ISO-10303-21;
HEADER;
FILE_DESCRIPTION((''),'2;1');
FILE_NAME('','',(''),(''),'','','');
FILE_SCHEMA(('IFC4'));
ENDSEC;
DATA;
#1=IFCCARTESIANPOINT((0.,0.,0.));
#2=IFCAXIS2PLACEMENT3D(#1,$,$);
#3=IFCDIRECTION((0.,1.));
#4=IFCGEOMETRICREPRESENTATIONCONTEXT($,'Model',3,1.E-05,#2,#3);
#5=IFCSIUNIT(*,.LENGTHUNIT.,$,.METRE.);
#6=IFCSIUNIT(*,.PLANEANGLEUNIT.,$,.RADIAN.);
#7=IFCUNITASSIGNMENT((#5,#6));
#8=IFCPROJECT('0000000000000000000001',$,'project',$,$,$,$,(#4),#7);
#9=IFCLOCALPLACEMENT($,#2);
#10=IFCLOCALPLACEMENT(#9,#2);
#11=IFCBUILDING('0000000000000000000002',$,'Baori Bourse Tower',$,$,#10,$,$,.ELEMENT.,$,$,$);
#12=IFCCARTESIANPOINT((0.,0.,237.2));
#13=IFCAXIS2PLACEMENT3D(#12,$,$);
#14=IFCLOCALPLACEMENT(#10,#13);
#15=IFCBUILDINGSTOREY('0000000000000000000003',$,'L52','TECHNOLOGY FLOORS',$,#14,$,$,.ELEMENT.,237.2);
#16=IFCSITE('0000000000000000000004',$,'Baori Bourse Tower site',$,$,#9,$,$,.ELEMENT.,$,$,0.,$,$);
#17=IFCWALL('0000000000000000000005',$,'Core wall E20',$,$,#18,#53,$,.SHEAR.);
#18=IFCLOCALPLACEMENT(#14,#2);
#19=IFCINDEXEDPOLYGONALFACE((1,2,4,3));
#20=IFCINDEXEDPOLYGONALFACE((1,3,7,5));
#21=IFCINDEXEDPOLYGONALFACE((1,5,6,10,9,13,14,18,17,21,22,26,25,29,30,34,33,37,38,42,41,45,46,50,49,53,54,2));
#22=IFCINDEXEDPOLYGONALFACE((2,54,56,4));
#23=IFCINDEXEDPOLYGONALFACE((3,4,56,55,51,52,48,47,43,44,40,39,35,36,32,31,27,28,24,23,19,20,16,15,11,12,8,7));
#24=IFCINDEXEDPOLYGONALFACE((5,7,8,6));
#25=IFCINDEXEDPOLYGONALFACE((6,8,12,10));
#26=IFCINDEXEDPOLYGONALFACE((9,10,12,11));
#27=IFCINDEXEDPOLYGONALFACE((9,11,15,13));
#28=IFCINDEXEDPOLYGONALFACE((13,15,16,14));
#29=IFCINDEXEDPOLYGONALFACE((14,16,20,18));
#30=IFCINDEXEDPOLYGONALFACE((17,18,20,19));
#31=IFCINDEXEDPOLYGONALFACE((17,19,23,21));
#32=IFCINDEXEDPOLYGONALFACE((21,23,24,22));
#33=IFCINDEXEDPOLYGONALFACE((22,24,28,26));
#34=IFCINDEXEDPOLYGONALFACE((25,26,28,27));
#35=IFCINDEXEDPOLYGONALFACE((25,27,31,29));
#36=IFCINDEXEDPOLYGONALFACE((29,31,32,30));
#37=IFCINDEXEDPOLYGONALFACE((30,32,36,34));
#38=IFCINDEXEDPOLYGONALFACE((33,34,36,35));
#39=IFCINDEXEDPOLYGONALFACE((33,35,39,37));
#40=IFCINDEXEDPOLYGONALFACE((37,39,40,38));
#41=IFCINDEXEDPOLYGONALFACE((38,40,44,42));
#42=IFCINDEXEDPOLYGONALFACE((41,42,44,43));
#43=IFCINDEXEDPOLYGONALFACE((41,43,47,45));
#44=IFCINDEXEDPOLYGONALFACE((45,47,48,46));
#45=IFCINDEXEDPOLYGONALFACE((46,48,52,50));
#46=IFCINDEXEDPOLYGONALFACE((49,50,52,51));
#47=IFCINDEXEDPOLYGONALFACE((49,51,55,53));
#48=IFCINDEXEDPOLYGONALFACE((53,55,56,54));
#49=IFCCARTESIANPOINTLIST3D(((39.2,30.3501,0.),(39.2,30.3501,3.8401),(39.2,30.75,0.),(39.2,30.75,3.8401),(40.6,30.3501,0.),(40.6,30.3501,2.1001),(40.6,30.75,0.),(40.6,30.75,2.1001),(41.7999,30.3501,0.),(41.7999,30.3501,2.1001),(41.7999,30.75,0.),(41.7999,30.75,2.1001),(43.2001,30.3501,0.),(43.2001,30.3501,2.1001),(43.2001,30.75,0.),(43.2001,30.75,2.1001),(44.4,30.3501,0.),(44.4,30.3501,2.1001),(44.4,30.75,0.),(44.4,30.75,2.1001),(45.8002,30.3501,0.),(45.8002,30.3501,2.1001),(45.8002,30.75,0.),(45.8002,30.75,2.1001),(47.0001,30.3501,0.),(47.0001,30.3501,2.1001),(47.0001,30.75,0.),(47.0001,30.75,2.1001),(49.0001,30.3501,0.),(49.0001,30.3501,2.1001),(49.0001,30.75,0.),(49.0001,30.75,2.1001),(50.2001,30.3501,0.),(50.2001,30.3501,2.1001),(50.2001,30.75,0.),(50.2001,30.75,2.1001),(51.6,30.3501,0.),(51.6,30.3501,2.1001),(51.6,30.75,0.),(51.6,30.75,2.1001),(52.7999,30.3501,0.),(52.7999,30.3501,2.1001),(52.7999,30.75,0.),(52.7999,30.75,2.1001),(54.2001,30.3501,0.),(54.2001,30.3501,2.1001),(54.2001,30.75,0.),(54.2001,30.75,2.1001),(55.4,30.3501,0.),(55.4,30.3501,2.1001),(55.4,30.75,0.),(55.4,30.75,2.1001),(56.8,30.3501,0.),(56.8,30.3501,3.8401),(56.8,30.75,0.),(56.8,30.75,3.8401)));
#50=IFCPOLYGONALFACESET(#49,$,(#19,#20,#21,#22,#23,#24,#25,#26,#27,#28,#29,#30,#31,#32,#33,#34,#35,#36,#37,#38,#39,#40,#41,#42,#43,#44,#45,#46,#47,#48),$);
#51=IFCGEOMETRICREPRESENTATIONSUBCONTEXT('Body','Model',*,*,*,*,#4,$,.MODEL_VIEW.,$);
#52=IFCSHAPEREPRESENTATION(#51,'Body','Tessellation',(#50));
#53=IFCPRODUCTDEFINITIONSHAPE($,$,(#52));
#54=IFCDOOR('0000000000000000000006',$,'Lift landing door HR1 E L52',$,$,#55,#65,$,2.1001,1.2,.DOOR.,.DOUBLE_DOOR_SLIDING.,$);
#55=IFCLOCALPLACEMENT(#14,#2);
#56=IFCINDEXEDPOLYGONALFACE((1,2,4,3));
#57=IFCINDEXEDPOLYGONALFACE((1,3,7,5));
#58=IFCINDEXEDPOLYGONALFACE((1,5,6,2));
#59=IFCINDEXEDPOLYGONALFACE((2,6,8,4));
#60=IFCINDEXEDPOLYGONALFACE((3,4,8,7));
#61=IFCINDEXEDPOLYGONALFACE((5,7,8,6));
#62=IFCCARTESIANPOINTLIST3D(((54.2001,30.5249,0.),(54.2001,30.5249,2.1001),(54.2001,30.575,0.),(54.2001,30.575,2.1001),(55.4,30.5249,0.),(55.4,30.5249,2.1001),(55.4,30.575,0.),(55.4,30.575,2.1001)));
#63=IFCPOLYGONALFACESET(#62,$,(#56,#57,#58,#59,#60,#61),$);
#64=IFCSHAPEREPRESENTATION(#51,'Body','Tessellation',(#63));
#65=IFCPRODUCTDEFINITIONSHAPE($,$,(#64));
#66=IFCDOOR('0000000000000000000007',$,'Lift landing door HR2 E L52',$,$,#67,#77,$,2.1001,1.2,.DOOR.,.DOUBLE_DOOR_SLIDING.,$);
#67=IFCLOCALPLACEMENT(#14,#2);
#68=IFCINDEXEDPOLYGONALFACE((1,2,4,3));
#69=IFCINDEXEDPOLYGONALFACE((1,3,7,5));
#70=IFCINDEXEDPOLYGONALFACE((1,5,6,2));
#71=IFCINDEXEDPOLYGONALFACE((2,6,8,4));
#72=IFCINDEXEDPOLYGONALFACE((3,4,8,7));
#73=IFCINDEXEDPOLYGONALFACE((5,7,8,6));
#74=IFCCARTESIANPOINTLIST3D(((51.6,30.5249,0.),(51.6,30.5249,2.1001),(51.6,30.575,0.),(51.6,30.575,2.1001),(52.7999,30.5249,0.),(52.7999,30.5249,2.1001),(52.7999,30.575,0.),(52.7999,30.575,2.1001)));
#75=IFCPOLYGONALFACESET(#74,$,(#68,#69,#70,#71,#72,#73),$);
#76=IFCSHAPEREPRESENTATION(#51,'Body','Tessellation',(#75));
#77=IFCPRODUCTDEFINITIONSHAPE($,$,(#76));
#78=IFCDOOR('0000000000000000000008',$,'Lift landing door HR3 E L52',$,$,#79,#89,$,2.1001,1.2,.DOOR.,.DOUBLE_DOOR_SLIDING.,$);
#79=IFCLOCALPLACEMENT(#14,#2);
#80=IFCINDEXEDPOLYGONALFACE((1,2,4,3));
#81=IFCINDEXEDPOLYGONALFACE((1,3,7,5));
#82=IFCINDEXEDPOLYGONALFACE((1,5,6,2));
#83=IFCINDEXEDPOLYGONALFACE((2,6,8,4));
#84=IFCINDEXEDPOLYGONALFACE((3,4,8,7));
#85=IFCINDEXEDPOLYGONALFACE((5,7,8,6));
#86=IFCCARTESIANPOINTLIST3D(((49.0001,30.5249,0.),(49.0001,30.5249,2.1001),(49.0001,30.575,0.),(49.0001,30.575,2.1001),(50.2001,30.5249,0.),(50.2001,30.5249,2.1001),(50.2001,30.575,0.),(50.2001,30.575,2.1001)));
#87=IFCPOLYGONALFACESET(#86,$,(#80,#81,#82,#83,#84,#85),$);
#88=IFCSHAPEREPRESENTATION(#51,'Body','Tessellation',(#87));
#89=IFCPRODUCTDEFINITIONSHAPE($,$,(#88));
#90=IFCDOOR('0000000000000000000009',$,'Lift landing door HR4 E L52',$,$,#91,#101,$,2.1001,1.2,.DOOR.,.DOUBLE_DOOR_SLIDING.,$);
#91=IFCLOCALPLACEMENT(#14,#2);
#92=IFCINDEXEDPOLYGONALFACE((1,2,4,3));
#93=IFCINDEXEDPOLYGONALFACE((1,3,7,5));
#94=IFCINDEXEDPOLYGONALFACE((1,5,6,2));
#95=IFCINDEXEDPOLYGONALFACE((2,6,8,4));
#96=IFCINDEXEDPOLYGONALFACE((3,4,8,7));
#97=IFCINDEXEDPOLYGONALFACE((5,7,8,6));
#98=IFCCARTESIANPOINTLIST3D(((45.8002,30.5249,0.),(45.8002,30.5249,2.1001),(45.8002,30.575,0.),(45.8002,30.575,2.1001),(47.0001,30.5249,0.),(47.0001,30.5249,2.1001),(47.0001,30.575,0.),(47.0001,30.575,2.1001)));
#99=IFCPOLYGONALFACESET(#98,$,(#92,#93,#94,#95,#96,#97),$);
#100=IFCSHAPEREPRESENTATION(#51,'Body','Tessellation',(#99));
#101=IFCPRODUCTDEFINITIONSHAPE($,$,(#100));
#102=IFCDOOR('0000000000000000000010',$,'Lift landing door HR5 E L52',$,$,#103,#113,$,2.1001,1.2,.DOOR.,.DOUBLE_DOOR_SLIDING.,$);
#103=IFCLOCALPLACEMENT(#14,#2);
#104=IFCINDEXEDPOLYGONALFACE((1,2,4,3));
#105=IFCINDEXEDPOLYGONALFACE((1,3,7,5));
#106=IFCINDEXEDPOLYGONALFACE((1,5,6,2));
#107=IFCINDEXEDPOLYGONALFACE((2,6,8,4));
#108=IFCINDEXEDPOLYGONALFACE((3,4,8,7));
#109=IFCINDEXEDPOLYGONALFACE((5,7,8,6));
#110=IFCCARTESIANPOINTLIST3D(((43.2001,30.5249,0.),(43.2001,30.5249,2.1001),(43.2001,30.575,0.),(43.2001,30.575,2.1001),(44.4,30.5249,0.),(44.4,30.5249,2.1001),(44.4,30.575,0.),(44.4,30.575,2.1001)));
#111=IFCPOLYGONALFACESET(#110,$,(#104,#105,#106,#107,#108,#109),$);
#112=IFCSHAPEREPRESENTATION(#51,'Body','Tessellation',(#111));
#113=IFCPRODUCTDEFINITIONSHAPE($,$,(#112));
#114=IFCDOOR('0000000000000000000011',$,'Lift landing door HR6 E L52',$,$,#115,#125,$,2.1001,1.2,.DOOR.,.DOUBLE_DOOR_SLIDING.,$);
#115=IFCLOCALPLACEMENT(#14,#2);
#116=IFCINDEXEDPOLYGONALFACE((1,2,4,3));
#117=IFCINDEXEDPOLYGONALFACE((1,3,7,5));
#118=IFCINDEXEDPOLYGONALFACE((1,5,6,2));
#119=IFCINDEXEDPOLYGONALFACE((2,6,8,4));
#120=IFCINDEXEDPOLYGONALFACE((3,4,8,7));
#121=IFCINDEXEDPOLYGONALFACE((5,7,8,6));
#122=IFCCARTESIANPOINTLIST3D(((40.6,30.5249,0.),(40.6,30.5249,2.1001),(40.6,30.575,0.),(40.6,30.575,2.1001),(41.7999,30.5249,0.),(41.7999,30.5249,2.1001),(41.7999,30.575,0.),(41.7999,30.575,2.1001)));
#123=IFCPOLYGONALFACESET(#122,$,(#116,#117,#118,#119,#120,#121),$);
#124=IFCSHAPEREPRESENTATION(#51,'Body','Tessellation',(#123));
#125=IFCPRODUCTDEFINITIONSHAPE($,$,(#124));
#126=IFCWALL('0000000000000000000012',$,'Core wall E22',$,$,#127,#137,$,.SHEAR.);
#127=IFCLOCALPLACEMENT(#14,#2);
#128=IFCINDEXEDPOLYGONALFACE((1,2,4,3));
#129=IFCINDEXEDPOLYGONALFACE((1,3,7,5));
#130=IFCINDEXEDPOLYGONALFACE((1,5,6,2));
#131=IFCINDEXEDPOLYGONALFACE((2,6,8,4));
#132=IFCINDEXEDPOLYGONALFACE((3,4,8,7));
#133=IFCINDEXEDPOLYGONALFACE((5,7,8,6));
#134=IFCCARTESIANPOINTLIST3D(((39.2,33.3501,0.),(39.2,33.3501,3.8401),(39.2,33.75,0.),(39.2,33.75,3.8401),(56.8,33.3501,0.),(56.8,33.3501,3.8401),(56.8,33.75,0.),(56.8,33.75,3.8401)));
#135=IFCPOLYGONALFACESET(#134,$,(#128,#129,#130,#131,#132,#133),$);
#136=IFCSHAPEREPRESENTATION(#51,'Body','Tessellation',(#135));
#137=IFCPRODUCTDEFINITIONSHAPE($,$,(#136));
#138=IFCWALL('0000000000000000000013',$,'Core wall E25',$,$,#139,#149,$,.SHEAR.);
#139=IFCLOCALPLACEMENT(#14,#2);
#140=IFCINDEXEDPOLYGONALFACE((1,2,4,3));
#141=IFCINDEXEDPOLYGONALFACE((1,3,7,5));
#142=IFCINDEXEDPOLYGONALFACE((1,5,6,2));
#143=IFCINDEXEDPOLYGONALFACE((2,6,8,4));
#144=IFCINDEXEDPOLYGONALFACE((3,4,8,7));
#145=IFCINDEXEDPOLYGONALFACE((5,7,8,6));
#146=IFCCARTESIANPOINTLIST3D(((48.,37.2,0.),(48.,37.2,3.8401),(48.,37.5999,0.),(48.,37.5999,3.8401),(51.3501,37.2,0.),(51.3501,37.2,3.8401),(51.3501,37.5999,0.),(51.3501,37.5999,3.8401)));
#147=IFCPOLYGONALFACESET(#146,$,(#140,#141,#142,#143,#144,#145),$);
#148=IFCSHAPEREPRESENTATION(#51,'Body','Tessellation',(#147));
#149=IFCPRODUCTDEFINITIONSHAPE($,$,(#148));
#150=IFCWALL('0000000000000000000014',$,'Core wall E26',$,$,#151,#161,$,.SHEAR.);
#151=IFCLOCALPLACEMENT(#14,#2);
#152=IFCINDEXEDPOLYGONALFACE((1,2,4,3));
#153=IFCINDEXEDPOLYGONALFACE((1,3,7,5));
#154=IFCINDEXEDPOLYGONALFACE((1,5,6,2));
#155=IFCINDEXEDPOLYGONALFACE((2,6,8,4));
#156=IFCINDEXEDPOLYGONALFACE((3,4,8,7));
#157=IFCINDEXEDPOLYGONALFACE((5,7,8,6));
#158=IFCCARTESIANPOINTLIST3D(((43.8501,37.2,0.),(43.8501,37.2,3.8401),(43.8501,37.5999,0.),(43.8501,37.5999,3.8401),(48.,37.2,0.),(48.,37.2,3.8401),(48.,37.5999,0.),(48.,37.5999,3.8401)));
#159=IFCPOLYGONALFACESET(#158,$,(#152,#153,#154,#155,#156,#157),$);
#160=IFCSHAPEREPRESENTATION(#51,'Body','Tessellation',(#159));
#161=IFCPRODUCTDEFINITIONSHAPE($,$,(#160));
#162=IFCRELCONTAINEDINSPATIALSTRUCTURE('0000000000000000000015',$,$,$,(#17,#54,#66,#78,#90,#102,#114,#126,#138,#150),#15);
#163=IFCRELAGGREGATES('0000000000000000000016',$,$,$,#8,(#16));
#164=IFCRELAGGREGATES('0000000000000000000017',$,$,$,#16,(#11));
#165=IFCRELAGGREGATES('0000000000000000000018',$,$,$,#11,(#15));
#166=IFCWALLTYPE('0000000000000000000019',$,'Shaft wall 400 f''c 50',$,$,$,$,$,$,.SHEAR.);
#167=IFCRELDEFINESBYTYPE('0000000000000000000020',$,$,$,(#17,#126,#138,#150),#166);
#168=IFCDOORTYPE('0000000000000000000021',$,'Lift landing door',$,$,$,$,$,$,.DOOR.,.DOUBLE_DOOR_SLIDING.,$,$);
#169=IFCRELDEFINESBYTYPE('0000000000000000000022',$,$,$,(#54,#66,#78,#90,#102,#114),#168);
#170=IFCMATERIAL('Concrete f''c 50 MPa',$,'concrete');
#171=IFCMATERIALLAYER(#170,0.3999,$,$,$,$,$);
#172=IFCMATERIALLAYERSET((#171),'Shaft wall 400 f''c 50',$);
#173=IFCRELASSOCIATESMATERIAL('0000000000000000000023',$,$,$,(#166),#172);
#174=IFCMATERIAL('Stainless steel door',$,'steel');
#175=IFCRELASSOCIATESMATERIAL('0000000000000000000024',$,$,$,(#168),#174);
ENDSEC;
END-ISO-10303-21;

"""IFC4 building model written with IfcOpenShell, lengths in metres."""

from ifc_helpers import new_model, si_unit, direction, frame, frame_2d, origin, place, context, subcontext, project, spatial, rectangle, extrude, material, layer, layer_set, type_object, element, fill, save


model = new_model("IFC4")

# Units and contexts
model_context = context("Model", 3, precision=1e-05, world=origin(), true_north=direction((0.0, 1.0)))
body_context = subcontext(model_context, "Body", "Model", "MODEL_VIEW")
ifc_project = project(units=[si_unit("LENGTHUNIT", "METRE"), si_unit("PLANEANGLEUNIT", "RADIAN")], contexts=[model_context])

# Site, building, storey
site_placement = place(None, origin())
site = spatial("IfcSite", under=ifc_project, at=site_placement, Name="Baori Bourse Tower site", CompositionType="ELEMENT", RefElevation=0.0)
building_placement = place(site_placement, origin())
building = spatial("IfcBuilding", under=site, at=building_placement, Name="Baori Bourse Tower", CompositionType="ELEMENT")
storey_placement = place(building_placement, frame((0.0, 0.0, 237.2)))
storey = spatial("IfcBuildingStorey", under=building, at=storey_placement, Name="L52", Description="TECHNOLOGY FLOORS", CompositionType="ELEMENT", Elevation=237.2)

# Wall, openings, doors
ifc_material_1 = material(Name="Concrete f'c 50 MPa", Category="concrete")
ifc_layer_1 = layer(ifc_material_1, 0.3999)
ifc_layer_set_1 = layer_set([ifc_layer_1], Name="Shaft wall 400 f'c 50")
wall_type_1 = type_object("IfcWallType", Name="Shaft wall 400 f'c 50", PredefinedType="SHEAR", material=ifc_layer_set_1)
ifc_material_2 = material(Name="Stainless steel door", Category="steel")
door_type_1 = type_object("IfcDoorType", Name="Lift landing door", OperationType="DOUBLE_DOOR_SLIDING", PredefinedType="DOOR", material=ifc_material_2)
wall_1_placement = place(storey_placement, frame((39.2, 30.55, 0.0), z_axis=(0.0, 0.0, 1.0), x_axis=(1.0, 0.0, 0.0)))
wall_1 = element("IfcWall", 1, at=wall_1_placement, inside=storey, type_object=wall_type_1, Name="Core wall E20", PredefinedType="SHEAR", context=body_context, shape_type="SweptSolid", body=[
    extrude(rectangle(XDim=17.6001, YDim=0.3999, at=frame_2d((8.8, 0.0))), origin(), (0.0, 0.0, 1.0), 3.8401),
])
opening_1_placement = place(wall_1_placement, frame((15.0, 0.0, 0.0)))
opening_1 = element("IfcOpeningElement", 2, at=opening_1_placement, cuts=wall_1, PredefinedType="OPENING", context=body_context, shape_type="SweptSolid", body=[
    extrude(rectangle(XDim=1.2, YDim=2.1001, at=frame_2d((0.6001, 1.05))), frame((0.0, 0.21, 0.0), z_axis=(0.0, -1.0, 0.0), x_axis=(1.0, 0.0, 0.0)), (0.0, 0.0, 1.0), 0.4199),
])
opening_2_placement = place(wall_1_placement, frame((12.3999, 0.0, 0.0)))
opening_2 = element("IfcOpeningElement", 3, at=opening_2_placement, cuts=wall_1, PredefinedType="OPENING", context=body_context, shape_type="SweptSolid", body=[
    extrude(rectangle(XDim=1.2, YDim=2.1001, at=frame_2d((0.6001, 1.05))), frame((0.0, 0.21, 0.0), z_axis=(0.0, -1.0, 0.0), x_axis=(1.0, 0.0, 0.0)), (0.0, 0.0, 1.0), 0.4199),
])
opening_3_placement = place(wall_1_placement, frame((9.8, 0.0, 0.0)))
opening_3 = element("IfcOpeningElement", 4, at=opening_3_placement, cuts=wall_1, PredefinedType="OPENING", context=body_context, shape_type="SweptSolid", body=[
    extrude(rectangle(XDim=1.2, YDim=2.1001, at=frame_2d((0.6001, 1.05))), frame((0.0, 0.21, 0.0), z_axis=(0.0, -1.0, 0.0), x_axis=(1.0, 0.0, 0.0)), (0.0, 0.0, 1.0), 0.4199),
])
opening_4_placement = place(wall_1_placement, frame((6.6001, 0.0, 0.0)))
opening_4 = element("IfcOpeningElement", 5, at=opening_4_placement, cuts=wall_1, PredefinedType="OPENING", context=body_context, shape_type="SweptSolid", body=[
    extrude(rectangle(XDim=1.2, YDim=2.1001, at=frame_2d((0.6001, 1.05))), frame((0.0, 0.21, 0.0), z_axis=(0.0, -1.0, 0.0), x_axis=(1.0, 0.0, 0.0)), (0.0, 0.0, 1.0), 0.4199),
])
opening_5_placement = place(wall_1_placement, frame((4.0, 0.0, 0.0)))
opening_5 = element("IfcOpeningElement", 6, at=opening_5_placement, cuts=wall_1, PredefinedType="OPENING", context=body_context, shape_type="SweptSolid", body=[
    extrude(rectangle(XDim=1.2, YDim=2.1001, at=frame_2d((0.6001, 1.05))), frame((0.0, 0.21, 0.0), z_axis=(0.0, -1.0, 0.0), x_axis=(1.0, 0.0, 0.0)), (0.0, 0.0, 1.0), 0.4199),
])
opening_6_placement = place(wall_1_placement, frame((1.3999, 0.0, 0.0)))
opening_6 = element("IfcOpeningElement", 7, at=opening_6_placement, cuts=wall_1, PredefinedType="OPENING", context=body_context, shape_type="SweptSolid", body=[
    extrude(rectangle(XDim=1.2, YDim=2.1001, at=frame_2d((0.6001, 1.05))), frame((0.0, 0.21, 0.0), z_axis=(0.0, -1.0, 0.0), x_axis=(1.0, 0.0, 0.0)), (0.0, 0.0, 1.0), 0.4199),
])
door_1_placement = place(opening_1_placement, origin())
door_1 = element("IfcDoor", 8, at=door_1_placement, inside=storey, type_object=door_type_1, Name="Lift landing door HR1 E L52", OperationType="DOUBLE_DOOR_SLIDING", OverallHeight=2.1001, OverallWidth=1.2, PredefinedType="DOOR", context=body_context, shape_type="SweptSolid", body=[
    extrude(rectangle(XDim=1.2, YDim=2.1001, at=frame_2d((0.6001, 1.05))), frame((0.0, 0.0249, 0.0), z_axis=(0.0, -1.0, 0.0), x_axis=(1.0, 0.0, 0.0)), (0.0, 0.0, 1.0), 0.05),
])
fill(opening_1, door_1)
door_2_placement = place(opening_2_placement, origin())
door_2 = element("IfcDoor", 9, at=door_2_placement, inside=storey, type_object=door_type_1, Name="Lift landing door HR2 E L52", OperationType="DOUBLE_DOOR_SLIDING", OverallHeight=2.1001, OverallWidth=1.2, PredefinedType="DOOR", context=body_context, shape_type="SweptSolid", body=[
    extrude(rectangle(XDim=1.2, YDim=2.1001, at=frame_2d((0.6001, 1.05))), frame((0.0, 0.0249, 0.0), z_axis=(0.0, -1.0, 0.0), x_axis=(1.0, 0.0, 0.0)), (0.0, 0.0, 1.0), 0.05),
])
fill(opening_2, door_2)
door_3_placement = place(opening_3_placement, origin())
door_3 = element("IfcDoor", 10, at=door_3_placement, inside=storey, type_object=door_type_1, Name="Lift landing door HR3 E L52", OperationType="DOUBLE_DOOR_SLIDING", OverallHeight=2.1001, OverallWidth=1.2, PredefinedType="DOOR", context=body_context, shape_type="SweptSolid", body=[
    extrude(rectangle(XDim=1.2, YDim=2.1001, at=frame_2d((0.6001, 1.05))), frame((0.0, 0.0249, 0.0), z_axis=(0.0, -1.0, 0.0), x_axis=(1.0, 0.0, 0.0)), (0.0, 0.0, 1.0), 0.05),
])
fill(opening_3, door_3)
door_4_placement = place(opening_4_placement, origin())
door_4 = element("IfcDoor", 11, at=door_4_placement, inside=storey, type_object=door_type_1, Name="Lift landing door HR4 E L52", OperationType="DOUBLE_DOOR_SLIDING", OverallHeight=2.1001, OverallWidth=1.2, PredefinedType="DOOR", context=body_context, shape_type="SweptSolid", body=[
    extrude(rectangle(XDim=1.2, YDim=2.1001, at=frame_2d((0.6001, 1.05))), frame((0.0, 0.0249, 0.0), z_axis=(0.0, -1.0, 0.0), x_axis=(1.0, 0.0, 0.0)), (0.0, 0.0, 1.0), 0.05),
])
fill(opening_4, door_4)
door_5_placement = place(opening_5_placement, origin())
door_5 = element("IfcDoor", 12, at=door_5_placement, inside=storey, type_object=door_type_1, Name="Lift landing door HR5 E L52", OperationType="DOUBLE_DOOR_SLIDING", OverallHeight=2.1001, OverallWidth=1.2, PredefinedType="DOOR", context=body_context, shape_type="SweptSolid", body=[
    extrude(rectangle(XDim=1.2, YDim=2.1001, at=frame_2d((0.6001, 1.05))), frame((0.0, 0.0249, 0.0), z_axis=(0.0, -1.0, 0.0), x_axis=(1.0, 0.0, 0.0)), (0.0, 0.0, 1.0), 0.05),
])
fill(opening_5, door_5)
door_6_placement = place(opening_6_placement, origin())
door_6 = element("IfcDoor", 13, at=door_6_placement, inside=storey, type_object=door_type_1, Name="Lift landing door HR6 E L52", OperationType="DOUBLE_DOOR_SLIDING", OverallHeight=2.1001, OverallWidth=1.2, PredefinedType="DOOR", context=body_context, shape_type="SweptSolid", body=[
    extrude(rectangle(XDim=1.2, YDim=2.1001, at=frame_2d((0.6001, 1.05))), frame((0.0, 0.0249, 0.0), z_axis=(0.0, -1.0, 0.0), x_axis=(1.0, 0.0, 0.0)), (0.0, 0.0, 1.0), 0.05),
])
fill(opening_6, door_6)

# Walls
wall_2_placement = place(storey_placement, frame((39.2, 33.55, 0.0), z_axis=(0.0, 0.0, 1.0), x_axis=(1.0, 0.0, 0.0)))
element("IfcWall", 14, at=wall_2_placement, inside=storey, type_object=wall_type_1, Name="Core wall E22", PredefinedType="SHEAR", context=body_context, shape_type="SweptSolid", body=[
    extrude(rectangle(XDim=17.6001, YDim=0.3999, at=frame_2d((8.8, 0.0))), origin(), (0.0, 0.0, 1.0), 3.8401),
])
wall_3_placement = place(storey_placement, frame((48.0, 37.3999, 0.0), z_axis=(0.0, 0.0, 1.0), x_axis=(1.0, 0.0, 0.0)))
element("IfcWall", 15, at=wall_3_placement, inside=storey, type_object=wall_type_1, Name="Core wall E25", PredefinedType="SHEAR", context=body_context, shape_type="SweptSolid", body=[
    extrude(rectangle(XDim=3.3501, YDim=0.3999, at=frame_2d((1.675, 0.0))), origin(), (0.0, 0.0, 1.0), 3.8401),
])
wall_4_placement = place(storey_placement, frame((43.8501, 37.3999, 0.0), z_axis=(0.0, 0.0, 1.0), x_axis=(1.0, 0.0, 0.0)))
element("IfcWall", 16, at=wall_4_placement, inside=storey, type_object=wall_type_1, Name="Core wall E26", PredefinedType="SHEAR", context=body_context, shape_type="SweptSolid", body=[
    extrude(rectangle(XDim=4.1499, YDim=0.3999, at=frame_2d((2.075, 0.0))), origin(), (0.0, 0.0, 1.0), 3.8401),
])

save(model, "model.ifc")
